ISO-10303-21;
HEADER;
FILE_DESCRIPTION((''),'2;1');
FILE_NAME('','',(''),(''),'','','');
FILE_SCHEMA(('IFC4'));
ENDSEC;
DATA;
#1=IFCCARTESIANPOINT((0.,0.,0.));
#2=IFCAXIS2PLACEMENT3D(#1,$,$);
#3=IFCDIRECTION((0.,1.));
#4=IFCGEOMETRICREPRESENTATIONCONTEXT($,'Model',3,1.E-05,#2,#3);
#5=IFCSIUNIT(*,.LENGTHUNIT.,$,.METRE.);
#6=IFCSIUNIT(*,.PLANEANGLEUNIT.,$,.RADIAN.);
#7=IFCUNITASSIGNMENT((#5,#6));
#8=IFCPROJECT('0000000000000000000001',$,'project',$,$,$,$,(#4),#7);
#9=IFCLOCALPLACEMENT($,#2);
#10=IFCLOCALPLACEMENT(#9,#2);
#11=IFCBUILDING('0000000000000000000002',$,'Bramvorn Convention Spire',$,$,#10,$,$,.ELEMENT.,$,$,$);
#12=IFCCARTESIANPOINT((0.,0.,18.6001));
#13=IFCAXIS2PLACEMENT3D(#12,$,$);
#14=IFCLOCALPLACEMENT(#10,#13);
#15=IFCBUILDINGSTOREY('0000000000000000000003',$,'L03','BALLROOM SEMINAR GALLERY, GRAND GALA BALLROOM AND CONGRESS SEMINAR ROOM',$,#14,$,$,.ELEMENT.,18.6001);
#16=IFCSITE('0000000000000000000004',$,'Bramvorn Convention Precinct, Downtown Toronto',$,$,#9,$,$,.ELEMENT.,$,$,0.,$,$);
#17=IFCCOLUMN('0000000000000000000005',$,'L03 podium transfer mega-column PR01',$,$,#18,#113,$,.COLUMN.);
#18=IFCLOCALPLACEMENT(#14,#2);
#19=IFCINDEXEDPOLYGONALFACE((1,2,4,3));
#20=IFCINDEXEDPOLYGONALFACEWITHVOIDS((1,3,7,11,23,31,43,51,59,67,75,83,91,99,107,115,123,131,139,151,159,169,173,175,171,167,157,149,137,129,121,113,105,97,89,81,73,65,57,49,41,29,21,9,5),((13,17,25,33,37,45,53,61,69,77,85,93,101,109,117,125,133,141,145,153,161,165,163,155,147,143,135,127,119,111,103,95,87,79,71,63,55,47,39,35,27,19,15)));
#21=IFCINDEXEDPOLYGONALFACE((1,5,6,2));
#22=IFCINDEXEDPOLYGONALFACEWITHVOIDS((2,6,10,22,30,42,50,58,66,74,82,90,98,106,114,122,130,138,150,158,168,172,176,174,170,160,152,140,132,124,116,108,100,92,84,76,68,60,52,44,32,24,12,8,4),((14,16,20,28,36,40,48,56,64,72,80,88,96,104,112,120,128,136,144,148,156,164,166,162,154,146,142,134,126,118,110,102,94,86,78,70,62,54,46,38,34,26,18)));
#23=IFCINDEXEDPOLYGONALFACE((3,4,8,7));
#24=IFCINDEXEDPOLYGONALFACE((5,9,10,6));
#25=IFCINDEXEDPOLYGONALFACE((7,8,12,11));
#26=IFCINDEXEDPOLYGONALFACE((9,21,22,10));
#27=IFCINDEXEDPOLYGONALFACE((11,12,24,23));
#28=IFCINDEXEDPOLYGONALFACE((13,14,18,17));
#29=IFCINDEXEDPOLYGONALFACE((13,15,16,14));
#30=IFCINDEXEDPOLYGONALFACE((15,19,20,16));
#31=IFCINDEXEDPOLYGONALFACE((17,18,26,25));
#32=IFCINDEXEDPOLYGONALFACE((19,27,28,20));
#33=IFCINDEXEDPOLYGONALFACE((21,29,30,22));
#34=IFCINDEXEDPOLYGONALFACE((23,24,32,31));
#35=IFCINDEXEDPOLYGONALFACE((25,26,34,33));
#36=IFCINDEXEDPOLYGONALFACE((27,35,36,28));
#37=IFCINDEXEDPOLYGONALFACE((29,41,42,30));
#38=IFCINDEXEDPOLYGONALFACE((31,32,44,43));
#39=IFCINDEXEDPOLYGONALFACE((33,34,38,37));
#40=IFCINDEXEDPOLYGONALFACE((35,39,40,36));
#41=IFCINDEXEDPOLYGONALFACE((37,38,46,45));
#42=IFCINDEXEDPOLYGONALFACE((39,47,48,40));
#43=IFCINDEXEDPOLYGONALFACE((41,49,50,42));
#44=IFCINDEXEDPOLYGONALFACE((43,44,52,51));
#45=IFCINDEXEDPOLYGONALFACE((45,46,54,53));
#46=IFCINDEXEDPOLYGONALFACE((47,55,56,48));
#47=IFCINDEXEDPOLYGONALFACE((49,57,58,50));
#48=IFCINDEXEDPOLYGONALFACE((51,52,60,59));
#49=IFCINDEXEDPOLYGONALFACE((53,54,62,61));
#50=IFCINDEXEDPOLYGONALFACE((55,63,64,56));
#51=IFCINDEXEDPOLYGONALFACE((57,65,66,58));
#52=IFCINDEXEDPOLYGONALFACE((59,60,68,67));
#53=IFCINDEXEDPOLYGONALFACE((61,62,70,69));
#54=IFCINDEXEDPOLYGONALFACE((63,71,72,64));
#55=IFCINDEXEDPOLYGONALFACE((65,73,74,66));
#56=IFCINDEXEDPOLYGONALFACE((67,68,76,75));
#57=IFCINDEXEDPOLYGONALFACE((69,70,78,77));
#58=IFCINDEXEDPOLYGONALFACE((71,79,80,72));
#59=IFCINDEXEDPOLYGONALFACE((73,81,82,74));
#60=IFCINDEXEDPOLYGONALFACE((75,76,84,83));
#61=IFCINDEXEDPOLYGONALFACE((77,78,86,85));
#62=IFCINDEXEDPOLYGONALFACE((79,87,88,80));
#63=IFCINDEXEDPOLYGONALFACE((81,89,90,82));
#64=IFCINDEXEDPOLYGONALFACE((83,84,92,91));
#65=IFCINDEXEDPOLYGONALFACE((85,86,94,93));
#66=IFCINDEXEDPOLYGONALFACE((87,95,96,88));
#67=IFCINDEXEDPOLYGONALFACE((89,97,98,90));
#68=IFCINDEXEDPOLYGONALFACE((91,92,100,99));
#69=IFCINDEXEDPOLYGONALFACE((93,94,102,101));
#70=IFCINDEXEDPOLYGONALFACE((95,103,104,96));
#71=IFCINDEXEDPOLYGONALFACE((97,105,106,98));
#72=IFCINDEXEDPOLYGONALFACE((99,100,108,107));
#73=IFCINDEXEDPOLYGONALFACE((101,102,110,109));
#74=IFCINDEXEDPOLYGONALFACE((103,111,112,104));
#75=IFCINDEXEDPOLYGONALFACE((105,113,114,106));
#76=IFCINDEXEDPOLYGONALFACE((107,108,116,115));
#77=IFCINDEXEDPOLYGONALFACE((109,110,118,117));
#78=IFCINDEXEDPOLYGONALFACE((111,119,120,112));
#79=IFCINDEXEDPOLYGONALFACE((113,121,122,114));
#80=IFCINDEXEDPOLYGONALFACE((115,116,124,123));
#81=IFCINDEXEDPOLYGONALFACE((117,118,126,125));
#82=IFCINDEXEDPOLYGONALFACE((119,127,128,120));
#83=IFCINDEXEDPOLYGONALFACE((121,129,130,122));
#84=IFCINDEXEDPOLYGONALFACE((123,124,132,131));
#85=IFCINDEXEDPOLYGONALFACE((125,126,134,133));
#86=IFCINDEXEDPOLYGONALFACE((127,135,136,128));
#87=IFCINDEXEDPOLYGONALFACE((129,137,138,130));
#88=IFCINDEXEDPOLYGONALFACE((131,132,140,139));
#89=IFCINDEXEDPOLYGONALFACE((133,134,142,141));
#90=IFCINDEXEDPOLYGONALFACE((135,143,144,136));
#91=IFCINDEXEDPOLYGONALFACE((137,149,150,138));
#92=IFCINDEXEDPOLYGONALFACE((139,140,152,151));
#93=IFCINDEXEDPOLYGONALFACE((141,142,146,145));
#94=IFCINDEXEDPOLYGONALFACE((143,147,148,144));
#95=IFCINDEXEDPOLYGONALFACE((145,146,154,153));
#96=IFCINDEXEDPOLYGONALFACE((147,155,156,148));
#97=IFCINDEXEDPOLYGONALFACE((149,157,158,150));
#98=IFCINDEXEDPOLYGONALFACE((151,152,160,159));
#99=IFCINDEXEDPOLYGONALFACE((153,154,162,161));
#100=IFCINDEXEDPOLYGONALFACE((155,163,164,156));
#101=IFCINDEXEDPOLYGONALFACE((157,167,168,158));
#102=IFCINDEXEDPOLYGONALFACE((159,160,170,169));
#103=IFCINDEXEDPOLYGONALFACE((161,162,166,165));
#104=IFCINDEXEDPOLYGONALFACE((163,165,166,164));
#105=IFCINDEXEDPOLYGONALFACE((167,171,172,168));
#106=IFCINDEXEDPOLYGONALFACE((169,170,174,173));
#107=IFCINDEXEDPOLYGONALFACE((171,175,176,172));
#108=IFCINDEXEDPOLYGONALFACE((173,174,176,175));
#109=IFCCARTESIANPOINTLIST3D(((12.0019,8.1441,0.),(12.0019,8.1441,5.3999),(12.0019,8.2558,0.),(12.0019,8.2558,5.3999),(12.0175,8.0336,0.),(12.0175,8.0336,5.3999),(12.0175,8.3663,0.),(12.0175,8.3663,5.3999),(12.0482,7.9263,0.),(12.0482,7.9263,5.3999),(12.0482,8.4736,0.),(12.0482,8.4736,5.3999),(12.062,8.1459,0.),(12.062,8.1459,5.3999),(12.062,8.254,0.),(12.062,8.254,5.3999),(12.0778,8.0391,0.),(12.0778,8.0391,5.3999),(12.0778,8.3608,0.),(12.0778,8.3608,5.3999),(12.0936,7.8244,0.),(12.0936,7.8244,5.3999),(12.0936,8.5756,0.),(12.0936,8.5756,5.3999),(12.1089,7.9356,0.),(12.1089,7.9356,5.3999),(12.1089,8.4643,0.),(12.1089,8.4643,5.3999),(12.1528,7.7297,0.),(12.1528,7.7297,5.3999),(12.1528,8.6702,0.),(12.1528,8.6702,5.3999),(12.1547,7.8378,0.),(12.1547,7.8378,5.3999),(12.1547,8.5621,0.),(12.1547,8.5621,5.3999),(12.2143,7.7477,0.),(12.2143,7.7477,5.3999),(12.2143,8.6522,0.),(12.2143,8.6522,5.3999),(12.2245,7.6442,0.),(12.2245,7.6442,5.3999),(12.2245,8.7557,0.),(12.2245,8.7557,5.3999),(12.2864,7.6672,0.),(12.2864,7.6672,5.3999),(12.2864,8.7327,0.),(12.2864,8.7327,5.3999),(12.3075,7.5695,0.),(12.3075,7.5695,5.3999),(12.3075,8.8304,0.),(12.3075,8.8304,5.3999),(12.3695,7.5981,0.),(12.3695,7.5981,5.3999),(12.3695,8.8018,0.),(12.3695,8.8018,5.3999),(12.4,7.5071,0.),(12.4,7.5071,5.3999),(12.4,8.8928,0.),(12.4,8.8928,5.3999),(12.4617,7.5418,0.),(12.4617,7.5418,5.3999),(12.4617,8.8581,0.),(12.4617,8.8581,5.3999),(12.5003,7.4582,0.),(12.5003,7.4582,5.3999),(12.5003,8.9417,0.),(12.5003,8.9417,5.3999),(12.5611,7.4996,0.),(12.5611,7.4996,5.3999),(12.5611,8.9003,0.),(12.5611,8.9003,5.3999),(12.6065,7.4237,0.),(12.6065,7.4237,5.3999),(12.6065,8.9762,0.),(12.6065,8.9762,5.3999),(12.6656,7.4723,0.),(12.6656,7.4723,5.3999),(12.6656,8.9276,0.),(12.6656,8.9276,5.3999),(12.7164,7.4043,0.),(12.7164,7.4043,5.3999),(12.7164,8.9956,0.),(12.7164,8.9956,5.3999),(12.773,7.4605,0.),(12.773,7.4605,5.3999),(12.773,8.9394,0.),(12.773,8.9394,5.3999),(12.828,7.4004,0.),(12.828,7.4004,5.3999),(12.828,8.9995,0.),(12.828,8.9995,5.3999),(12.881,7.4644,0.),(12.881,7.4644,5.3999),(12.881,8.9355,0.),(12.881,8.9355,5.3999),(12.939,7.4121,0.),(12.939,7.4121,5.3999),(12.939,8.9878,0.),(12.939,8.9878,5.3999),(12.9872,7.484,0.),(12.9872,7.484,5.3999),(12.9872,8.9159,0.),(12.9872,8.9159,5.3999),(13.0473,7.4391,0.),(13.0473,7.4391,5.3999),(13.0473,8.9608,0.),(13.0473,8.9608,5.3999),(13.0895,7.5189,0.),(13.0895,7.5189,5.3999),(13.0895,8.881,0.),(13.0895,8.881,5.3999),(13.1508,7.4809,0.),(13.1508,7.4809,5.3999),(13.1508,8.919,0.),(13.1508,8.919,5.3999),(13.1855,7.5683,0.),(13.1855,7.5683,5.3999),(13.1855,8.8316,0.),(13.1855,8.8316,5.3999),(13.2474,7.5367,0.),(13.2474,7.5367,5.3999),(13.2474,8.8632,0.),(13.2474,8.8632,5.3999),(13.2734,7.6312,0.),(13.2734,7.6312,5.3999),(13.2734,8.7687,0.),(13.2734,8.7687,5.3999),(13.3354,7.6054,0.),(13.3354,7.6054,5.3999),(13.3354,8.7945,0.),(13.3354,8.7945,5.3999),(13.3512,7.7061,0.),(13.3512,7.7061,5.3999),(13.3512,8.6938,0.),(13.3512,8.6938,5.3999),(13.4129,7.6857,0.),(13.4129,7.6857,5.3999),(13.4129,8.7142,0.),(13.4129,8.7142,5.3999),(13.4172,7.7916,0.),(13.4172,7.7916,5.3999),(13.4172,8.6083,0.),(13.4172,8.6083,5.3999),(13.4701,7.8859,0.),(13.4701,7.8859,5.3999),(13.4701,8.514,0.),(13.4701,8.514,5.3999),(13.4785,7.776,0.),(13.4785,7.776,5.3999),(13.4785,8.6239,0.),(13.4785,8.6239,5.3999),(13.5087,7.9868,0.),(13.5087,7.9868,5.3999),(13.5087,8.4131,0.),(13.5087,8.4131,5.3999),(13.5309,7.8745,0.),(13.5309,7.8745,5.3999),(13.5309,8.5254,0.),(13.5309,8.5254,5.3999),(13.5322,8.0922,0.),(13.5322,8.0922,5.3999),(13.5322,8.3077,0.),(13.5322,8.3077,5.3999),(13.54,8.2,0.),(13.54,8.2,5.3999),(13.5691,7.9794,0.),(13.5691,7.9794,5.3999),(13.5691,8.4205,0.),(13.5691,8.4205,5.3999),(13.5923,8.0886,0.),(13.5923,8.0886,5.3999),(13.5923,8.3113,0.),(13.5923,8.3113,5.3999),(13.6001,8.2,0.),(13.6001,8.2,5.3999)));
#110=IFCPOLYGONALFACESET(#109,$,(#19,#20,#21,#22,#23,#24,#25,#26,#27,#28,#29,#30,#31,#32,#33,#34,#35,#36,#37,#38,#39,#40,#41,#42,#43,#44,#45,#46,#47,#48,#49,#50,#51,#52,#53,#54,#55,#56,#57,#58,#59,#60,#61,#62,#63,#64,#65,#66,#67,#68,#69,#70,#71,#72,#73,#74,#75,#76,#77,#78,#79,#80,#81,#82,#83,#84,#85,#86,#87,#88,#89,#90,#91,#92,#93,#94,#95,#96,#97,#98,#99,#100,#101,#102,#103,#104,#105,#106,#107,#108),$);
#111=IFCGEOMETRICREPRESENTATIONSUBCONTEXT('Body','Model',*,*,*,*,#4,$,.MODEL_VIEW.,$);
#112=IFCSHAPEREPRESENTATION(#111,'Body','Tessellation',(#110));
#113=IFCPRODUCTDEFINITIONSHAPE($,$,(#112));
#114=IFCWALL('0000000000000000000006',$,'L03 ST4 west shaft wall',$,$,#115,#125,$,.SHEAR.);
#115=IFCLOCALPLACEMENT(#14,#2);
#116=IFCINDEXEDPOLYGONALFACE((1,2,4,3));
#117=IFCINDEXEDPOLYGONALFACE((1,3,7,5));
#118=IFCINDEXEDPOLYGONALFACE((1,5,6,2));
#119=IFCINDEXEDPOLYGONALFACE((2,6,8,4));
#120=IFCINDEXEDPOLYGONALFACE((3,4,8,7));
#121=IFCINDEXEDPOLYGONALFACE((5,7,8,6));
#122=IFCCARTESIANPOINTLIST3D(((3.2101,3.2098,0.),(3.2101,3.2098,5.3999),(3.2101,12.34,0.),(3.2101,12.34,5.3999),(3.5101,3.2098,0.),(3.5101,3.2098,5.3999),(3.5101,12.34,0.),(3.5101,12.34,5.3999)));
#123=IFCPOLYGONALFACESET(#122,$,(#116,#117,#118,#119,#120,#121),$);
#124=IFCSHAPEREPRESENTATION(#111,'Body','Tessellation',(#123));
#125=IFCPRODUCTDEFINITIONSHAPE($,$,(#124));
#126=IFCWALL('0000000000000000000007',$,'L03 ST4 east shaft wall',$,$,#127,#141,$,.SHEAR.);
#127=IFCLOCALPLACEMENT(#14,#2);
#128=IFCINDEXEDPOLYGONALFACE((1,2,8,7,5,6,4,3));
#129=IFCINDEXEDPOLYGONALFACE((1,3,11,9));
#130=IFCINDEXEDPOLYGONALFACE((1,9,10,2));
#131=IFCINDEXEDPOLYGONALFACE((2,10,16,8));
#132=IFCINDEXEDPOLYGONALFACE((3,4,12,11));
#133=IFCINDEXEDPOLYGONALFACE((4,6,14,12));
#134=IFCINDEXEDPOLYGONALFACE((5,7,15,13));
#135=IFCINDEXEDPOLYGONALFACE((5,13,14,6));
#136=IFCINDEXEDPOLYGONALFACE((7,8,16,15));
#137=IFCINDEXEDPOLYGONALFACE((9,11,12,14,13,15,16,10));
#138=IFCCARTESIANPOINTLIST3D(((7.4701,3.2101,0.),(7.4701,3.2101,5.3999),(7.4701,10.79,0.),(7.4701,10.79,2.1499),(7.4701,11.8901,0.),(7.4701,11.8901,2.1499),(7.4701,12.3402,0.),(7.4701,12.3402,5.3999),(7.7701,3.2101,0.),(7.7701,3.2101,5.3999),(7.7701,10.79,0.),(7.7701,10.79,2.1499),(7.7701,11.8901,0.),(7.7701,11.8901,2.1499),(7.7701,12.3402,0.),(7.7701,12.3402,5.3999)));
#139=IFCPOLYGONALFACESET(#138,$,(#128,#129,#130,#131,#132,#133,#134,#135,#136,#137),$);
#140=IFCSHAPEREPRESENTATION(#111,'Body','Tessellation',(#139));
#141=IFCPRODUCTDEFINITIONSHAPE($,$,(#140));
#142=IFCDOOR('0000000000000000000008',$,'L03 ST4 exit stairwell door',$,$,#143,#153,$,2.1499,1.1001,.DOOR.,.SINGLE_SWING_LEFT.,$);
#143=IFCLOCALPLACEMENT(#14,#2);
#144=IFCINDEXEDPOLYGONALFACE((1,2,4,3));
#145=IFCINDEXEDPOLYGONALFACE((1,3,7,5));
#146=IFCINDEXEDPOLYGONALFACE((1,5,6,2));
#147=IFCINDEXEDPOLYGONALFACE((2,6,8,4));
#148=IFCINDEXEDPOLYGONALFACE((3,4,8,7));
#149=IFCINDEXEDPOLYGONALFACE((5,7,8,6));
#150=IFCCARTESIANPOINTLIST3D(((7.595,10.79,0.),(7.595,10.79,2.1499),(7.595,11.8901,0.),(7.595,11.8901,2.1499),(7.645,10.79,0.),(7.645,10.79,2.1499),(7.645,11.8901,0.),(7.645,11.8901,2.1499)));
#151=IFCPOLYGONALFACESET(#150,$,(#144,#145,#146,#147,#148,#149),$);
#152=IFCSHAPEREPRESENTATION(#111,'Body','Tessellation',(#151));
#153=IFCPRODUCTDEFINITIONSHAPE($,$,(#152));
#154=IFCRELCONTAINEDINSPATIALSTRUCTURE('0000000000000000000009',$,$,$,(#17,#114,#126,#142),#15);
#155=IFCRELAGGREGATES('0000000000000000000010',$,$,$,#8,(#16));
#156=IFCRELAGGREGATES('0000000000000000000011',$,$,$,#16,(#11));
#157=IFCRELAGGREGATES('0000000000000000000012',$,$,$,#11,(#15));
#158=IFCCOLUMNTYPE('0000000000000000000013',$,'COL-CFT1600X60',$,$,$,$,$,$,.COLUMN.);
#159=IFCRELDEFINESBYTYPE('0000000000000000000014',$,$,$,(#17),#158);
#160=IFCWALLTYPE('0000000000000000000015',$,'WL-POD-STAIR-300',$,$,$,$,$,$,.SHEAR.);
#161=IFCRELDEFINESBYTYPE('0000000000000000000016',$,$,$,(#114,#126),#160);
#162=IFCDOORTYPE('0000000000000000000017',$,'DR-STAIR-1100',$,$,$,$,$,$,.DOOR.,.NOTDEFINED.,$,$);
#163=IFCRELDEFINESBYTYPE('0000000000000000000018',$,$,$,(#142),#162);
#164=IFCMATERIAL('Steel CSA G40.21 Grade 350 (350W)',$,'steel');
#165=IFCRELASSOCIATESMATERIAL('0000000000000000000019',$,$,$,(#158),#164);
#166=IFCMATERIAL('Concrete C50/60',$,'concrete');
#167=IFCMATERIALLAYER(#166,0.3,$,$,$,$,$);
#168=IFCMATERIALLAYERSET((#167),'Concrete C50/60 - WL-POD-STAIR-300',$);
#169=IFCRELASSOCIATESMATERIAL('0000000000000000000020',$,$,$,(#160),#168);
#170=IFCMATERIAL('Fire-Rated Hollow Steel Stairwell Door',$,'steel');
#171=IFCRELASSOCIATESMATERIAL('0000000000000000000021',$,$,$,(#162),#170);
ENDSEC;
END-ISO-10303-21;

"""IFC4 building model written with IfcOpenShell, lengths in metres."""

from ifc_helpers import new_model, si_unit, direction, frame, frame_2d, origin, origin_2d, place, context, subcontext, project, spatial, rectangle, hollow_circle, extrude, material, layer, layer_set, material_profile, profile_set, type_object, element, fill, save


model = new_model("IFC4")

# Units and contexts
model_context = context("Model", 3, precision=1e-05, world=origin(), true_north=direction((0.0, 1.0)))
body_context = subcontext(model_context, "Body", "Model", "MODEL_VIEW")
ifc_project = project(units=[si_unit("LENGTHUNIT", "METRE"), si_unit("PLANEANGLEUNIT", "RADIAN")], contexts=[model_context])

# Site, building, storey
site_placement = place(None, origin())
site = spatial("IfcSite", under=ifc_project, at=site_placement, Name="Bramvorn Convention Precinct, Downtown Toronto", CompositionType="ELEMENT", RefElevation=0.0)
building_placement = place(site_placement, origin())
building = spatial("IfcBuilding", under=site, at=building_placement, Name="Bramvorn Convention Spire", CompositionType="ELEMENT")
storey_placement = place(building_placement, frame((0.0, 0.0, 18.6001)))
storey = spatial("IfcBuildingStorey", under=building, at=storey_placement, Name="L03", Description="BALLROOM SEMINAR GALLERY, GRAND GALA BALLROOM AND CONGRESS SEMINAR ROOM", CompositionType="ELEMENT", Elevation=18.6001)

# Column
ifc_material_1 = material(Name="Steel CSA G40.21 Grade 350 (350W)", Category="steel")
ifc_material_profile = material_profile(ifc_material_1, hollow_circle(Radius=0.8, WallThickness=0.0601, at=origin_2d()))
ifc_profile_set = profile_set([ifc_material_profile], Name="Steel CSA G40.21 Grade 350 (350W) - CFT1600X60")
column_type = type_object("IfcColumnType", Name="COL-CFT1600X60", PredefinedType="COLUMN", material=ifc_profile_set)
column_placement = place(storey_placement, frame((12.8, 8.2, 0.0), z_axis=(0.0, 0.0, 1.0), x_axis=(1.0, 0.0, 0.0)))
element("IfcColumn", 1, at=column_placement, inside=storey, type_object=column_type, Name="L03 podium transfer mega-column PR01", PredefinedType="COLUMN", context=body_context, shape_type="SweptSolid", body=[
    extrude(hollow_circle(Radius=0.8, WallThickness=0.0601, at=origin_2d()), origin(), (0.0, 0.0, 1.0), 5.3999),
])

# Wall
ifc_material_2 = material(Name="Concrete C50/60", Category="concrete")
ifc_layer = layer(ifc_material_2, 0.3)
ifc_layer_set = layer_set([ifc_layer], Name="Concrete C50/60 - WL-POD-STAIR-300")
wall_type = type_object("IfcWallType", Name="WL-POD-STAIR-300", PredefinedType="SHEAR", material=ifc_layer_set)
wall_1_placement = place(storey_placement, frame((3.3601, 3.21, 0.0), z_axis=(0.0, 0.0, 1.0), x_axis=(0.0, 1.0, 0.0)))
element("IfcWall", 2, at=wall_1_placement, inside=storey, type_object=wall_type, Name="L03 ST4 west shaft wall", PredefinedType="SHEAR", context=body_context, shape_type="SweptSolid", body=[
    extrude(rectangle(XDim=9.1301, YDim=0.3, at=frame_2d((4.5649, 0.0))), origin(), (0.0, 0.0, 1.0), 5.3999),
])

# Wall, opening, door
wall_2_placement = place(storey_placement, frame((7.6201, 12.3401, 0.0), z_axis=(0.0, 0.0, 1.0), x_axis=(0.0, -1.0, 0.0)))
wall_2 = element("IfcWall", 3, at=wall_2_placement, inside=storey, type_object=wall_type, Name="L03 ST4 east shaft wall", PredefinedType="SHEAR", context=body_context, shape_type="SweptSolid", body=[
    extrude(rectangle(XDim=9.1301, YDim=0.3, at=frame_2d((4.5649, 0.0))), origin(), (0.0, 0.0, 1.0), 5.3999),
])
opening_placement = place(wall_2_placement, frame((0.45, 0.0, 0.0)))
opening = element("IfcOpeningElement", 4, at=opening_placement, cuts=wall_2, PredefinedType="OPENING", context=body_context, shape_type="SweptSolid", body=[
    extrude(rectangle(XDim=1.1001, YDim=2.1499, at=frame_2d((0.55, 1.075))), frame((0.0, 0.1599, 0.0), z_axis=(0.0, -1.0, 0.0), x_axis=(1.0, 0.0, 0.0)), (0.0, 0.0, 1.0), 0.3201),
])
ifc_material_3 = material(Name="Fire-Rated Hollow Steel Stairwell Door", Category="steel")
door_type = type_object("IfcDoorType", Name="DR-STAIR-1100", OperationType="NOTDEFINED", PredefinedType="DOOR", material=ifc_material_3)
door_placement = place(opening_placement, origin())
door = element("IfcDoor", 5, at=door_placement, inside=storey, type_object=door_type, Name="L03 ST4 exit stairwell door", OperationType="SINGLE_SWING_LEFT", OverallHeight=2.1499, OverallWidth=1.1001, PredefinedType="DOOR", context=body_context, shape_type="SweptSolid", body=[
    extrude(rectangle(XDim=1.1001, YDim=2.1499, at=frame_2d((0.55, 1.075))), frame((0.0, 0.0249, 0.0), z_axis=(0.0, -1.0, 0.0), x_axis=(1.0, 0.0, 0.0)), (0.0, 0.0, 1.0), 0.05),
])
fill(opening, door)

save(model, "model.ifc")
